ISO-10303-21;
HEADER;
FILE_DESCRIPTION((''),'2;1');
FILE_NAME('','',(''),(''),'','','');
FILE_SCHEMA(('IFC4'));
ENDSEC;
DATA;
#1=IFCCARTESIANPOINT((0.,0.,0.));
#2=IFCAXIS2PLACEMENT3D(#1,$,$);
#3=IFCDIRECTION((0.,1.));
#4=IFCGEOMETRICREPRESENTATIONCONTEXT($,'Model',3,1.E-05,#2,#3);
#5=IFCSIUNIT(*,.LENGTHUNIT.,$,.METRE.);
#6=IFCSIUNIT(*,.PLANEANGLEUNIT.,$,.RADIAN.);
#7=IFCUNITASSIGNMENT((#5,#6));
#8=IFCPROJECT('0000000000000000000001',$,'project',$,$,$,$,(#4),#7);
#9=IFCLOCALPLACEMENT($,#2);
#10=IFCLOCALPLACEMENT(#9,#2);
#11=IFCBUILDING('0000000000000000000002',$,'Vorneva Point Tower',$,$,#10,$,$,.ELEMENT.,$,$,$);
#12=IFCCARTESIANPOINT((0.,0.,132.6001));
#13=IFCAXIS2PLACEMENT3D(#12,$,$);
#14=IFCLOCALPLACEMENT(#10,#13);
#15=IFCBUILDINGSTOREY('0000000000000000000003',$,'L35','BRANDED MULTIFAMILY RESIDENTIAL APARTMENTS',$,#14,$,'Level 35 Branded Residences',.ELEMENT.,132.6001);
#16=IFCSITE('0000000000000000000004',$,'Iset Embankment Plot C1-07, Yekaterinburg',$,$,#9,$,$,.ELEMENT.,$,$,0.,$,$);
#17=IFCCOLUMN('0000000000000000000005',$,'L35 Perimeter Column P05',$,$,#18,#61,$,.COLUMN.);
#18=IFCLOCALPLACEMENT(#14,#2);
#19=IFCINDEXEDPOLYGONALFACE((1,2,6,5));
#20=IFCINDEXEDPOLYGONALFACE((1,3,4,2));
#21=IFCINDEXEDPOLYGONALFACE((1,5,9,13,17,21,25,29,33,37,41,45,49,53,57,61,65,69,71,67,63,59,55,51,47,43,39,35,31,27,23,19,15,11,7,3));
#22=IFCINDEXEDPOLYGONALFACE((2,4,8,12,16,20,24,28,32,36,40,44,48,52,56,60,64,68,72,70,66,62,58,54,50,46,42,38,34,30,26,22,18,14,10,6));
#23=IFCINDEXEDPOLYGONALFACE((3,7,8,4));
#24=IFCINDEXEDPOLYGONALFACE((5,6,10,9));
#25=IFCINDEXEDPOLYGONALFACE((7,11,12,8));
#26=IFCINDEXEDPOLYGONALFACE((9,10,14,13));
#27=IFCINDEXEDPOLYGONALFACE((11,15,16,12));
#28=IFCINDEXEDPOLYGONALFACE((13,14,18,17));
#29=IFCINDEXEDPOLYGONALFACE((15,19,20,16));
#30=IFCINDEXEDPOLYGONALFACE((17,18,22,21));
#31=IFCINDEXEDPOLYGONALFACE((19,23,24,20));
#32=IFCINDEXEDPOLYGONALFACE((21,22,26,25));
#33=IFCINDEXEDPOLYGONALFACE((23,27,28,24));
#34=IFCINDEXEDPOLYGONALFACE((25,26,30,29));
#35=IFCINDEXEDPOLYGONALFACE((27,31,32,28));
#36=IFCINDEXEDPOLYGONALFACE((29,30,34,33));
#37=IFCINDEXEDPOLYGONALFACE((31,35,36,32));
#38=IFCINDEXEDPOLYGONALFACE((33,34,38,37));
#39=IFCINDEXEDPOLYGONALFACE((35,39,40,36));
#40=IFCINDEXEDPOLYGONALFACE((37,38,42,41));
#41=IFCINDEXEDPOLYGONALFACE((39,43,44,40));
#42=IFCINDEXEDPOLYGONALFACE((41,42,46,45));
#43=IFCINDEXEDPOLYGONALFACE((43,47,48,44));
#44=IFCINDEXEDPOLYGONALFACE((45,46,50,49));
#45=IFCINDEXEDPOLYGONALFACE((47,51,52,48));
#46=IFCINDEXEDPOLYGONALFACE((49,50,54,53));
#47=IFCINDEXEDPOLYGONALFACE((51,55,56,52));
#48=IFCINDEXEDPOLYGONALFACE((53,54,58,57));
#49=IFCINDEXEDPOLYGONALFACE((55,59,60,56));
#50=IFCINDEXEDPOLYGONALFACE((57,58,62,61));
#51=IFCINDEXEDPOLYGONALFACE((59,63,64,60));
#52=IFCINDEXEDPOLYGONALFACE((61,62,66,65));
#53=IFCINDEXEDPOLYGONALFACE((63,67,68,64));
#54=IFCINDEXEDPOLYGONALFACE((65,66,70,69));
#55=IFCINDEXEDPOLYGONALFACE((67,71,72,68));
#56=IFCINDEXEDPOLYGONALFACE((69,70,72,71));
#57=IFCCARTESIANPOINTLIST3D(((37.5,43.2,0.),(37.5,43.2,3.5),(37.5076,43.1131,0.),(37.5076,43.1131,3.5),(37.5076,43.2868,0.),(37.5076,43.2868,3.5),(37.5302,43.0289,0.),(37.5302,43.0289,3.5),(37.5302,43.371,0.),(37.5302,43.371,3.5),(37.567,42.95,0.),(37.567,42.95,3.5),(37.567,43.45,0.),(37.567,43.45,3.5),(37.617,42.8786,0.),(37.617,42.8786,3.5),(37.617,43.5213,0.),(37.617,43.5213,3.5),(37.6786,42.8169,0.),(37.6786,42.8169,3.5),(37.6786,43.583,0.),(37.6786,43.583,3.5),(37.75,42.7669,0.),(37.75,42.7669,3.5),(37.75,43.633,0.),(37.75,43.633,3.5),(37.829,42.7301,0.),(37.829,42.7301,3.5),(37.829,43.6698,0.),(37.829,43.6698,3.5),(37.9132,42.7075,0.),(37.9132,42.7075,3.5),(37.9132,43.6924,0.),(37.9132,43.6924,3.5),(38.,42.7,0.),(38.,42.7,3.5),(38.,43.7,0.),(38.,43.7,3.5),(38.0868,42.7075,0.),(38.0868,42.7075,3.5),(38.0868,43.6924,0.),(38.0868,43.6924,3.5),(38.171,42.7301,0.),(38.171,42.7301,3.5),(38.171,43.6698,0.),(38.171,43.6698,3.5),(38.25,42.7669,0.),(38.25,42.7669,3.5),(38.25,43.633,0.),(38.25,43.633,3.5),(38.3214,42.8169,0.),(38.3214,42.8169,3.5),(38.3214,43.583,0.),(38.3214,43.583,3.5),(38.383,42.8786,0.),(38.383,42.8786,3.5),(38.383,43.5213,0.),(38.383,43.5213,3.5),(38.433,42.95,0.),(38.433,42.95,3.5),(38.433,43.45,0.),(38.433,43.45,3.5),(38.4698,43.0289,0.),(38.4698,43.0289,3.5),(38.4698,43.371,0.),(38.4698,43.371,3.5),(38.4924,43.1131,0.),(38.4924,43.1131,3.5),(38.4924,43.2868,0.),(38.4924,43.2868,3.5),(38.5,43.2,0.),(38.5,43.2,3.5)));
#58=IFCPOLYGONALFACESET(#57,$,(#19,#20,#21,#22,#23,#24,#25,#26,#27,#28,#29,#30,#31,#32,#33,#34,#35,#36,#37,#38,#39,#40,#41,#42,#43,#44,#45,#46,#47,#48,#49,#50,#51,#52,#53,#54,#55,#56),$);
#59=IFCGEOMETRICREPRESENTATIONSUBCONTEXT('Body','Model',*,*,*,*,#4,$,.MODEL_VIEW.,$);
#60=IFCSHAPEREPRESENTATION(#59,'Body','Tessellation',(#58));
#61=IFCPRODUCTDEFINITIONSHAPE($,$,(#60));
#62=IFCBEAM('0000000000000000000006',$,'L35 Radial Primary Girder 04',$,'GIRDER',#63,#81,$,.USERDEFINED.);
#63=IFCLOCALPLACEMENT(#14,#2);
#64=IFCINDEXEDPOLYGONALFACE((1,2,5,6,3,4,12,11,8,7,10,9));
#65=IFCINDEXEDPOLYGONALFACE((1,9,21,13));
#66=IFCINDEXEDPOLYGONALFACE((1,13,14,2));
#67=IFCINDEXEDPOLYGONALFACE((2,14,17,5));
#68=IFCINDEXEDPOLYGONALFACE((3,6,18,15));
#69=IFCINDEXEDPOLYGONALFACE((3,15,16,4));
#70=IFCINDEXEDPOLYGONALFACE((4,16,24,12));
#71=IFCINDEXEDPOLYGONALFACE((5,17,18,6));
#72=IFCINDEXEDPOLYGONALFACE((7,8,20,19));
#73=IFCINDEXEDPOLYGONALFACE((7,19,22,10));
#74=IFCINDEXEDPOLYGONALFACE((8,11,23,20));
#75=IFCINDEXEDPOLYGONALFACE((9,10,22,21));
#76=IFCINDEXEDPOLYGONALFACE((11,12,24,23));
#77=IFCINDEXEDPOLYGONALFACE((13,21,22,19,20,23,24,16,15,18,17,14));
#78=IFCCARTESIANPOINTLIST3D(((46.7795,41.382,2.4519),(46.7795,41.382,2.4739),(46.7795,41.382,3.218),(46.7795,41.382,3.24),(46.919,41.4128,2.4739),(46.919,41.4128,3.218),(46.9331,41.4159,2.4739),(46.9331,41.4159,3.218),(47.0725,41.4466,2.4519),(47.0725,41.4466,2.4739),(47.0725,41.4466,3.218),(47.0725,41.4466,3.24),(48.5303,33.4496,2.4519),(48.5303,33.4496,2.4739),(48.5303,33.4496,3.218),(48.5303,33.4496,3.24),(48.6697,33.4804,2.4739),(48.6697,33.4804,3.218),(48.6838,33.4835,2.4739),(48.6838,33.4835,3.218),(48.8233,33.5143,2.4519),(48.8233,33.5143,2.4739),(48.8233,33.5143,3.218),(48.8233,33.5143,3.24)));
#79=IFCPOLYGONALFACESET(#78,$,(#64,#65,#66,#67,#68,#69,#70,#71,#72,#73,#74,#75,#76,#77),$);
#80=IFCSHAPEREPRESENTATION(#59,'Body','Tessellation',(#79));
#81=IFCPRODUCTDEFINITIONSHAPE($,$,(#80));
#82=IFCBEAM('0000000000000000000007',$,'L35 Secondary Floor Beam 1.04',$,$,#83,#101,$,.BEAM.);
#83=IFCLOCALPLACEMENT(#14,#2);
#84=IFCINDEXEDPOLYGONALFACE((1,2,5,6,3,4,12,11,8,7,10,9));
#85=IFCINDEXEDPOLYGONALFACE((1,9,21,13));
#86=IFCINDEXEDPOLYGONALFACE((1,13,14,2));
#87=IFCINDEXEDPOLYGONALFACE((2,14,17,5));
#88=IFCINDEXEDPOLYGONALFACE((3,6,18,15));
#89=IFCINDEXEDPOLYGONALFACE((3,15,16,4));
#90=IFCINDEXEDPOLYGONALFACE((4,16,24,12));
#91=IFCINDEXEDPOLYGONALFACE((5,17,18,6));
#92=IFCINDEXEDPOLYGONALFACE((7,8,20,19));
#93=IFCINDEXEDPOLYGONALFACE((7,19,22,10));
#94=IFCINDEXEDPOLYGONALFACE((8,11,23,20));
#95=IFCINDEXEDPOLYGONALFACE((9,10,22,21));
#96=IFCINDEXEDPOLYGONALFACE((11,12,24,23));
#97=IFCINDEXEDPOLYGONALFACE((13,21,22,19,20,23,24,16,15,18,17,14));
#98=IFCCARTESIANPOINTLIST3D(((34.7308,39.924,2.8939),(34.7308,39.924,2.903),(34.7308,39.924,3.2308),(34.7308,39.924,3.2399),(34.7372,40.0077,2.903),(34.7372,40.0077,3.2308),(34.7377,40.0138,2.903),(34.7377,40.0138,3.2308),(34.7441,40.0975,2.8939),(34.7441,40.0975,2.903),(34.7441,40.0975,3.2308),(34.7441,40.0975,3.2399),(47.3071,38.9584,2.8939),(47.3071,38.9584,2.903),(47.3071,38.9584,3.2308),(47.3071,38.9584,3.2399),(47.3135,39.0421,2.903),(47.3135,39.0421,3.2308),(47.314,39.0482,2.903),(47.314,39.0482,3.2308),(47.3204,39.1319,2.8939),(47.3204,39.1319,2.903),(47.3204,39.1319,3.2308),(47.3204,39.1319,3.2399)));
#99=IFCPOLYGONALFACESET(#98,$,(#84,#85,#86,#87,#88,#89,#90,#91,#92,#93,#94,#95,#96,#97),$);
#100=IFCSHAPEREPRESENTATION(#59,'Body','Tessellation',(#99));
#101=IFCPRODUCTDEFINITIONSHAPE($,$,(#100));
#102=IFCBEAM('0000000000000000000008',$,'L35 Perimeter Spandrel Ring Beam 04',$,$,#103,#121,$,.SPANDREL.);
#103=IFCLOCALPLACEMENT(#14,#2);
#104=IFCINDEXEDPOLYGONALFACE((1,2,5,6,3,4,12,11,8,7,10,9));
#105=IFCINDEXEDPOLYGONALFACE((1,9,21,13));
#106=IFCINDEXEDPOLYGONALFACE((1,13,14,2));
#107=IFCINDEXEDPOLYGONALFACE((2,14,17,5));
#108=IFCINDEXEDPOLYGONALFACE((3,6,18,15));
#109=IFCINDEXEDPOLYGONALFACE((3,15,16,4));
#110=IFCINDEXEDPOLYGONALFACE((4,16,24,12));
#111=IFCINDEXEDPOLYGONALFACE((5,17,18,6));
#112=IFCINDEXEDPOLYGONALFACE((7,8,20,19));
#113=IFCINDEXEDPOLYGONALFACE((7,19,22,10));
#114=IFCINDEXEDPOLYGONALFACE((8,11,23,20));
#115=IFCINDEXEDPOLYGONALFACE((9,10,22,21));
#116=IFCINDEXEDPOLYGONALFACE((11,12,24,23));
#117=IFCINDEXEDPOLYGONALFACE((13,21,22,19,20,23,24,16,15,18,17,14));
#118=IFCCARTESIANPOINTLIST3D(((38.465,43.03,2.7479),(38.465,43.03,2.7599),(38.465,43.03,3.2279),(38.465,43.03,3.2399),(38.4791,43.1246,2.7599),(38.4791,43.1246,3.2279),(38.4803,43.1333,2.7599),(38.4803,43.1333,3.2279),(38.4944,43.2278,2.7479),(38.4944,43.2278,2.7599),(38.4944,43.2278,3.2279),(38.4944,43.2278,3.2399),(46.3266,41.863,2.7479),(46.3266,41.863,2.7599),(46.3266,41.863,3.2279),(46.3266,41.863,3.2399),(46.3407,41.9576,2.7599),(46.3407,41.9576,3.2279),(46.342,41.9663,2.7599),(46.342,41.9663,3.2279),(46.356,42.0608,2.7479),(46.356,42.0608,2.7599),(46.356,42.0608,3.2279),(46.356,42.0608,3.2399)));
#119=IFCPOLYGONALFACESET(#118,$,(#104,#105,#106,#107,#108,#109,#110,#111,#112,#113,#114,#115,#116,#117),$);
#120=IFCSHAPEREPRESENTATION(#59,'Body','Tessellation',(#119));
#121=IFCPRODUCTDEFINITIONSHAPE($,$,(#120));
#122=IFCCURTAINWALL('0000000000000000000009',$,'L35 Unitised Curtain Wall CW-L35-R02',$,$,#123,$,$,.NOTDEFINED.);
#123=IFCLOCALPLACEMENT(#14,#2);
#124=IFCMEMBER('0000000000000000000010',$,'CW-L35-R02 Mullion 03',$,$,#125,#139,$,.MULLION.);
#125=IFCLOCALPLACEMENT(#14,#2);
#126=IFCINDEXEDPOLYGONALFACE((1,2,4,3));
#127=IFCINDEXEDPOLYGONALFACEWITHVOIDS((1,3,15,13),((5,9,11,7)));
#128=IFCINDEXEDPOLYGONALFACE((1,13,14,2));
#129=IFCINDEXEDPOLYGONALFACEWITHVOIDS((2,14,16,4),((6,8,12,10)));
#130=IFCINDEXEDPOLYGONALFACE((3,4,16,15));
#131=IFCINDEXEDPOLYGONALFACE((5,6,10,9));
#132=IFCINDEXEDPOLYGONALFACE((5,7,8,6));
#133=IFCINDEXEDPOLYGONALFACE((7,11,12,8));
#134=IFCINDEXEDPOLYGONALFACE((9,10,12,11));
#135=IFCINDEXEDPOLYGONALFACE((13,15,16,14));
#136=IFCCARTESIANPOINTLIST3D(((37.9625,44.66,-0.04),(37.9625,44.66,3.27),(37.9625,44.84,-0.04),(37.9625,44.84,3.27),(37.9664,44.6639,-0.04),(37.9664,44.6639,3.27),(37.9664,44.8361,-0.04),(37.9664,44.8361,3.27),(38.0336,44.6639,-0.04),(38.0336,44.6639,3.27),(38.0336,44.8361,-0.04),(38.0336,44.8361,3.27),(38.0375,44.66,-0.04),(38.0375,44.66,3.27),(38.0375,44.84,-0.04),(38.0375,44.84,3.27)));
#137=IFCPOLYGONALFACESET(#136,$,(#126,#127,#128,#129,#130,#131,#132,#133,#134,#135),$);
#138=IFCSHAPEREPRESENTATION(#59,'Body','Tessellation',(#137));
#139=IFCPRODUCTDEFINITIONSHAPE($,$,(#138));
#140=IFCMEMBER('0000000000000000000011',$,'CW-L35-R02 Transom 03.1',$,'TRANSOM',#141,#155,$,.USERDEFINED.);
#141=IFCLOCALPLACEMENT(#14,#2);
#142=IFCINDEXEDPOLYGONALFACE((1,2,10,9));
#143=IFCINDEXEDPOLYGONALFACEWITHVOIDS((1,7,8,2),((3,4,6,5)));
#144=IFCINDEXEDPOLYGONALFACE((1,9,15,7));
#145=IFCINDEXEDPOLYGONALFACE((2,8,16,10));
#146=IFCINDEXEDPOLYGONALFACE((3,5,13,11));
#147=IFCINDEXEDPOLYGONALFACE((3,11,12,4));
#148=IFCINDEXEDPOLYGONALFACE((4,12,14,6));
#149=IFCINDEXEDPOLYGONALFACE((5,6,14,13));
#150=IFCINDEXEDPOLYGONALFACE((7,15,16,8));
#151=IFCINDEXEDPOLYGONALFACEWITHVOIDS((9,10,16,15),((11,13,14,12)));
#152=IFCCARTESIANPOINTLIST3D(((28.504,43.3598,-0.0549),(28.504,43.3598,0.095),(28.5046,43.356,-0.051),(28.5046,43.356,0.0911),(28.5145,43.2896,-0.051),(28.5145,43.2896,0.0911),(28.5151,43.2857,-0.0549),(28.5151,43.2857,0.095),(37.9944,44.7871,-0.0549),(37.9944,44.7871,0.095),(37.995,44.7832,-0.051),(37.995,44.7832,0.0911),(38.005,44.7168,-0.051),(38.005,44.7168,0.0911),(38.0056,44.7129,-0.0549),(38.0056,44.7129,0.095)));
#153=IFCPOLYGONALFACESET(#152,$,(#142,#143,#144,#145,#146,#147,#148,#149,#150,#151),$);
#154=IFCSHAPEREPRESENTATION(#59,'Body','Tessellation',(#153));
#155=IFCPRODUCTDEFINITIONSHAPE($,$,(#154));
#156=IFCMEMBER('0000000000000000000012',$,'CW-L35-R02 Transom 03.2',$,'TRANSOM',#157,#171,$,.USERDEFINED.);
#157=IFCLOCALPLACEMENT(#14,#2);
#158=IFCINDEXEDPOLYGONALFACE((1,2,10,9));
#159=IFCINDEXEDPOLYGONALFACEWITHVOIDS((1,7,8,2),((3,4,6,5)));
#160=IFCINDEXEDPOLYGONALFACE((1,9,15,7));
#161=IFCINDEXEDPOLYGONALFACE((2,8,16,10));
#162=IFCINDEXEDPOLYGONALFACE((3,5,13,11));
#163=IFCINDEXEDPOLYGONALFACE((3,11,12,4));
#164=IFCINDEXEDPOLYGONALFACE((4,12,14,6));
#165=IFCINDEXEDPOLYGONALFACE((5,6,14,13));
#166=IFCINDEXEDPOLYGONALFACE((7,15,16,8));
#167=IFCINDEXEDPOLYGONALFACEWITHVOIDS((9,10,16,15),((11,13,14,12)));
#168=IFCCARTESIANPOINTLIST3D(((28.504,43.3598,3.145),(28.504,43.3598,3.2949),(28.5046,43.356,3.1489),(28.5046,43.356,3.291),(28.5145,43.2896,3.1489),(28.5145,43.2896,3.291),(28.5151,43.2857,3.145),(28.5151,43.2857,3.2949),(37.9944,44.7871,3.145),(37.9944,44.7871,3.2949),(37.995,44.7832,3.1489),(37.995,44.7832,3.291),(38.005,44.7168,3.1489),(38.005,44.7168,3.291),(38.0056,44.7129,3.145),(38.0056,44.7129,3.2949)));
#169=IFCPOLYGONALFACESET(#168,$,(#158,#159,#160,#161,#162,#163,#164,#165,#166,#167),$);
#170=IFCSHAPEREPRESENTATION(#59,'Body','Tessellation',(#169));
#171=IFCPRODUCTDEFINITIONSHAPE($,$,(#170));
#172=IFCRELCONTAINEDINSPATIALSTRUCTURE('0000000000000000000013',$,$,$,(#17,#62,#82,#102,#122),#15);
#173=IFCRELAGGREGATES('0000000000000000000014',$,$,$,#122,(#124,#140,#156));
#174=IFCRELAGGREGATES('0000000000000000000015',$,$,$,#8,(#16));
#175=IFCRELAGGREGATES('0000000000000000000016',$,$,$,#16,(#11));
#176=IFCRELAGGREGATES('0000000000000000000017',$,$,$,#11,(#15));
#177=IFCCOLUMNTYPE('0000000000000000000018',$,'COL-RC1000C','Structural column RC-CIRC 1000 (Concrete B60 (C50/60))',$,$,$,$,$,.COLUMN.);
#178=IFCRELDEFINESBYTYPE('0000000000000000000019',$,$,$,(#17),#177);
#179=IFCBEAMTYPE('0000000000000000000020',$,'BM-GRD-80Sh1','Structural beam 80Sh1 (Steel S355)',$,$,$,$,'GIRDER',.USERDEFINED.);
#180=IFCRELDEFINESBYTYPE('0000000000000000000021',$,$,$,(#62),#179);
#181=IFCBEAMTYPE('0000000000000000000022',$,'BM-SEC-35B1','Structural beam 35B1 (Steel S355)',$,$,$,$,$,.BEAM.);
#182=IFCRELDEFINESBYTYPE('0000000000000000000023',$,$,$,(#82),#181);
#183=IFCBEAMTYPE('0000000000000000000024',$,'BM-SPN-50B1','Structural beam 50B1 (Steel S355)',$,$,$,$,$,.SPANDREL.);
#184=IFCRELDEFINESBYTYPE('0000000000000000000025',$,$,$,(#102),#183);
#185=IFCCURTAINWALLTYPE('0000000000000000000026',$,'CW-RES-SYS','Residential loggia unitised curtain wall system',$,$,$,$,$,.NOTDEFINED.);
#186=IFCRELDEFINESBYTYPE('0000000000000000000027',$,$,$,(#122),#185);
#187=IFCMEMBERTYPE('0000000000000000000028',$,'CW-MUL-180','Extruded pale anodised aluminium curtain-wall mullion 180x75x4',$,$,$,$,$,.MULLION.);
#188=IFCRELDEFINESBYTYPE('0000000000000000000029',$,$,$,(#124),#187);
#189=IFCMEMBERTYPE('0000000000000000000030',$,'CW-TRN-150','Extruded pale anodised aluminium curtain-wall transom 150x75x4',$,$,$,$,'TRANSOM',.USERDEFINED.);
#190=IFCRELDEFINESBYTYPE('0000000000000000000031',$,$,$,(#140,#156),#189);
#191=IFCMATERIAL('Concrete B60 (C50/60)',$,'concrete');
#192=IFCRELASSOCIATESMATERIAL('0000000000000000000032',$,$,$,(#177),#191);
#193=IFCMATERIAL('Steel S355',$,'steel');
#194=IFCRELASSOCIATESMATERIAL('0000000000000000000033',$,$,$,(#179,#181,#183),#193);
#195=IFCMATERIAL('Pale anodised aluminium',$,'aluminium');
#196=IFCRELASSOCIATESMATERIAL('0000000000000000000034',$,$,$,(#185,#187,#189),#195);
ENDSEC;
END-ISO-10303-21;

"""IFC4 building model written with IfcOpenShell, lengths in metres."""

from ifc_helpers import new_model, si_unit, direction, frame, origin, origin_2d, place, context, subcontext, project, spatial, hollow_rectangle, circle, i_section, extrude, material, material_profile, profile_set, type_object, element, aggregate, save


model = new_model("IFC4")

# Units and contexts
model_context = context("Model", 3, precision=1e-05, world=origin(), true_north=direction((0.0, 1.0)))
body_context = subcontext(model_context, "Body", "Model", "MODEL_VIEW")
ifc_project = project(units=[si_unit("LENGTHUNIT", "METRE"), si_unit("PLANEANGLEUNIT", "RADIAN")], contexts=[model_context])

# Site, building, storey
site_placement = place(None, origin())
site = spatial("IfcSite", under=ifc_project, at=site_placement, Name="Iset Embankment Plot C1-07, Yekaterinburg", CompositionType="ELEMENT", RefElevation=0.0)
building_placement = place(site_placement, origin())
building = spatial("IfcBuilding", under=site, at=building_placement, Name="Vorneva Point Tower", CompositionType="ELEMENT")
storey_placement = place(building_placement, frame((0.0, 0.0, 132.6001)))
storey = spatial("IfcBuildingStorey", under=building, at=storey_placement, Name="L35", Description="BRANDED MULTIFAMILY RESIDENTIAL APARTMENTS", LongName="Level 35 Branded Residences", CompositionType="ELEMENT", Elevation=132.6001)

# Column
ifc_material_1 = material(Name="Concrete B60 (C50/60)", Category="concrete")
ifc_material_profile_1 = material_profile(ifc_material_1, circle(Radius=0.5, at=origin_2d()), Name="RC-CIRC 1000")
ifc_profile_set_1 = profile_set([ifc_material_profile_1], Name="Concrete B60 (C50/60)")
column_type = type_object("IfcColumnType", Name="COL-RC1000C", Description="Structural column RC-CIRC 1000 (Concrete B60 (C50/60))", PredefinedType="COLUMN", material=ifc_profile_set_1)
for number, where, z_axis, x_axis, name in (
    (1, (38.0, 43.2, 0.0), (0.0, 0.0, 1.0), (0.0, 1.0, 0.0), "L35 Perimeter Column P05"),
):
    element("IfcColumn", number, at=place(storey_placement, frame(where, z_axis=z_axis, x_axis=x_axis)), inside=storey, type_object=column_type, Name=name, PredefinedType="COLUMN", context=body_context, shape_type="SweptSolid", body=[
        extrude(circle(Radius=0.5, at=origin_2d()), origin(), (0.0, 0.0, 1.0), 3.5),
    ])

# Beams
ifc_material_2 = material(Name="Steel S355", Category="steel")
ifc_material_profile_2 = material_profile(ifc_material_2, i_section(OverallWidth=0.3, OverallDepth=0.7881, WebThickness=0.0144, FlangeThickness=0.022, at=origin_2d()), Name="80Sh1")
ifc_profile_set_2 = profile_set([ifc_material_profile_2], Name="Steel S355")
beam_type_1 = type_object("IfcBeamType", Name="BM-GRD-80Sh1", Description="Structural beam 80Sh1 (Steel S355)", ElementType="GIRDER", PredefinedType="USERDEFINED", material=ifc_profile_set_2)
beam_1_placement = place(storey_placement, frame((46.926, 41.4143, 2.8459), z_axis=(0.215521, -0.976499, 0.0), x_axis=(0.976499, 0.215521, 0.0)))
element("IfcBeam", 2, at=beam_1_placement, inside=storey, type_object=beam_type_1, Name="L35 Radial Primary Girder 04", ObjectType="GIRDER", PredefinedType="USERDEFINED", context=body_context, shape_type="SweptSolid", body=[
    extrude(i_section(OverallWidth=0.3, OverallDepth=0.7881, WebThickness=0.0144, FlangeThickness=0.022, at=origin_2d()), origin(), (0.0, 0.0, 1.0), 8.1233),
])
ifc_material_profile_3 = material_profile(ifc_material_2, i_section(OverallWidth=0.1741, OverallDepth=0.3459, WebThickness=0.0061, FlangeThickness=0.009, at=origin_2d()), Name="35B1")
ifc_profile_set_3 = profile_set([ifc_material_profile_3], Name="Steel S355")
beam_type_2 = type_object("IfcBeamType", Name="BM-SEC-35B1", Description="Structural beam 35B1 (Steel S355)", PredefinedType="BEAM", material=ifc_profile_set_3)
beam_2_placement = place(storey_placement, frame((47.3137, 39.0452, 3.0669), z_axis=(-0.997066, 0.076553, 0.0), x_axis=(-0.076553, -0.997066, 0.0)))
element("IfcBeam", 3, at=beam_2_placement, inside=storey, type_object=beam_type_2, Name="L35 Secondary Floor Beam 1.04", PredefinedType="BEAM", context=body_context, shape_type="SweptSolid", body=[
    extrude(i_section(OverallWidth=0.1741, OverallDepth=0.3459, WebThickness=0.0061, FlangeThickness=0.009, at=origin_2d()), origin(), (0.0, 0.0, 1.0), 12.6133),
])
ifc_material_profile_4 = material_profile(ifc_material_2, i_section(OverallWidth=0.2, OverallDepth=0.4919, WebThickness=0.0088, FlangeThickness=0.012, at=origin_2d()), Name="50B1")
ifc_profile_set_4 = profile_set([ifc_material_profile_4], Name="Steel S355")
beam_type_3 = type_object("IfcBeamType", Name="BM-SPN-50B1", Description="Structural beam 50B1 (Steel S355)", PredefinedType="SPANDREL", material=ifc_profile_set_4)
beam_3_placement = place(storey_placement, frame((46.3413, 41.9619, 2.9939), z_axis=(-0.989161, 0.146834, 0.0), x_axis=(-0.146834, -0.989161, 0.0)))
element("IfcBeam", 4, at=beam_3_placement, inside=storey, type_object=beam_type_3, Name="L35 Perimeter Spandrel Ring Beam 04", PredefinedType="SPANDREL", context=body_context, shape_type="SweptSolid", body=[
    extrude(i_section(OverallWidth=0.2, OverallDepth=0.4919, WebThickness=0.0088, FlangeThickness=0.012, at=origin_2d()), origin(), (0.0, 0.0, 1.0), 7.9478),
])

# Curtain wall, members
ifc_material_3 = material(Name="Pale anodised aluminium", Category="aluminium")
curtain_wall_type = type_object("IfcCurtainWallType", Name="CW-RES-SYS", Description="Residential loggia unitised curtain wall system", PredefinedType="NOTDEFINED", material=ifc_material_3)
curtain_wall_placement = place(storey_placement, origin())
curtain_wall = element("IfcCurtainWall", 5, at=curtain_wall_placement, inside=storey, type_object=curtain_wall_type, Name="L35 Unitised Curtain Wall CW-L35-R02", PredefinedType="NOTDEFINED")
ifc_material_profile_5 = material_profile(ifc_material_3, hollow_rectangle(XDim=0.075, YDim=0.1799, WallThickness=0.0039, at=origin_2d()), Name="AL-MUL 180x75x4")
ifc_profile_set_5 = profile_set([ifc_material_profile_5], Name="Pale anodised aluminium")
member_type_1 = type_object("IfcMemberType", Name="CW-MUL-180", Description="Extruded pale anodised aluminium curtain-wall mullion 180x75x4", PredefinedType="MULLION", material=ifc_profile_set_5)
member_1_placement = place(storey_placement, frame((38.0, 44.75, -0.04), z_axis=(0.0, 0.0, 1.0), x_axis=(1.0, 0.0, 0.0)))
member_1 = element("IfcMember", 6, at=member_1_placement, type_object=member_type_1, Name="CW-L35-R02 Mullion 03", PredefinedType="MULLION", context=body_context, shape_type="SweptSolid", body=[
    extrude(hollow_rectangle(XDim=0.075, YDim=0.1799, WallThickness=0.0039, at=origin_2d()), origin(), (0.0, 0.0, 1.0), 3.3101),
])
ifc_material_profile_6 = material_profile(ifc_material_3, hollow_rectangle(XDim=0.075, YDim=0.1499, WallThickness=0.0039, at=origin_2d()), Name="AL-TRN 150x75x4")
ifc_profile_set_6 = profile_set([ifc_material_profile_6], Name="Pale anodised aluminium")
member_type_2 = type_object("IfcMemberType", Name="CW-TRN-150", Description="Extruded pale anodised aluminium curtain-wall transom 150x75x4", ElementType="TRANSOM", PredefinedType="USERDEFINED", material=ifc_profile_set_6)
member_2_placement = place(storey_placement, frame((38.0, 44.75, 0.02), z_axis=(-0.98888, -0.148715, 0.0), x_axis=(0.148715, -0.98888, 0.0)))
member_2 = element("IfcMember", 7, at=member_2_placement, type_object=member_type_2, Name="CW-L35-R02 Transom 03.1", ObjectType="TRANSOM", PredefinedType="USERDEFINED", context=body_context, shape_type="SweptSolid", body=[
    extrude(hollow_rectangle(XDim=0.075, YDim=0.1499, WallThickness=0.0039, at=origin_2d()), origin(), (0.0, 0.0, 1.0), 9.5972),
])
member_3_placement = place(storey_placement, frame((38.0, 44.75, 3.22), z_axis=(-0.98888, -0.148715, 0.0), x_axis=(0.148715, -0.98888, 0.0)))
member_3 = element("IfcMember", 8, at=member_3_placement, type_object=member_type_2, Name="CW-L35-R02 Transom 03.2", ObjectType="TRANSOM", PredefinedType="USERDEFINED", context=body_context, shape_type="SweptSolid", body=[
    extrude(hollow_rectangle(XDim=0.075, YDim=0.1499, WallThickness=0.0039, at=origin_2d()), origin(), (0.0, 0.0, 1.0), 9.5972),
])
aggregate(curtain_wall, [member_1, member_2, member_3])

save(model, "model.ifc")
